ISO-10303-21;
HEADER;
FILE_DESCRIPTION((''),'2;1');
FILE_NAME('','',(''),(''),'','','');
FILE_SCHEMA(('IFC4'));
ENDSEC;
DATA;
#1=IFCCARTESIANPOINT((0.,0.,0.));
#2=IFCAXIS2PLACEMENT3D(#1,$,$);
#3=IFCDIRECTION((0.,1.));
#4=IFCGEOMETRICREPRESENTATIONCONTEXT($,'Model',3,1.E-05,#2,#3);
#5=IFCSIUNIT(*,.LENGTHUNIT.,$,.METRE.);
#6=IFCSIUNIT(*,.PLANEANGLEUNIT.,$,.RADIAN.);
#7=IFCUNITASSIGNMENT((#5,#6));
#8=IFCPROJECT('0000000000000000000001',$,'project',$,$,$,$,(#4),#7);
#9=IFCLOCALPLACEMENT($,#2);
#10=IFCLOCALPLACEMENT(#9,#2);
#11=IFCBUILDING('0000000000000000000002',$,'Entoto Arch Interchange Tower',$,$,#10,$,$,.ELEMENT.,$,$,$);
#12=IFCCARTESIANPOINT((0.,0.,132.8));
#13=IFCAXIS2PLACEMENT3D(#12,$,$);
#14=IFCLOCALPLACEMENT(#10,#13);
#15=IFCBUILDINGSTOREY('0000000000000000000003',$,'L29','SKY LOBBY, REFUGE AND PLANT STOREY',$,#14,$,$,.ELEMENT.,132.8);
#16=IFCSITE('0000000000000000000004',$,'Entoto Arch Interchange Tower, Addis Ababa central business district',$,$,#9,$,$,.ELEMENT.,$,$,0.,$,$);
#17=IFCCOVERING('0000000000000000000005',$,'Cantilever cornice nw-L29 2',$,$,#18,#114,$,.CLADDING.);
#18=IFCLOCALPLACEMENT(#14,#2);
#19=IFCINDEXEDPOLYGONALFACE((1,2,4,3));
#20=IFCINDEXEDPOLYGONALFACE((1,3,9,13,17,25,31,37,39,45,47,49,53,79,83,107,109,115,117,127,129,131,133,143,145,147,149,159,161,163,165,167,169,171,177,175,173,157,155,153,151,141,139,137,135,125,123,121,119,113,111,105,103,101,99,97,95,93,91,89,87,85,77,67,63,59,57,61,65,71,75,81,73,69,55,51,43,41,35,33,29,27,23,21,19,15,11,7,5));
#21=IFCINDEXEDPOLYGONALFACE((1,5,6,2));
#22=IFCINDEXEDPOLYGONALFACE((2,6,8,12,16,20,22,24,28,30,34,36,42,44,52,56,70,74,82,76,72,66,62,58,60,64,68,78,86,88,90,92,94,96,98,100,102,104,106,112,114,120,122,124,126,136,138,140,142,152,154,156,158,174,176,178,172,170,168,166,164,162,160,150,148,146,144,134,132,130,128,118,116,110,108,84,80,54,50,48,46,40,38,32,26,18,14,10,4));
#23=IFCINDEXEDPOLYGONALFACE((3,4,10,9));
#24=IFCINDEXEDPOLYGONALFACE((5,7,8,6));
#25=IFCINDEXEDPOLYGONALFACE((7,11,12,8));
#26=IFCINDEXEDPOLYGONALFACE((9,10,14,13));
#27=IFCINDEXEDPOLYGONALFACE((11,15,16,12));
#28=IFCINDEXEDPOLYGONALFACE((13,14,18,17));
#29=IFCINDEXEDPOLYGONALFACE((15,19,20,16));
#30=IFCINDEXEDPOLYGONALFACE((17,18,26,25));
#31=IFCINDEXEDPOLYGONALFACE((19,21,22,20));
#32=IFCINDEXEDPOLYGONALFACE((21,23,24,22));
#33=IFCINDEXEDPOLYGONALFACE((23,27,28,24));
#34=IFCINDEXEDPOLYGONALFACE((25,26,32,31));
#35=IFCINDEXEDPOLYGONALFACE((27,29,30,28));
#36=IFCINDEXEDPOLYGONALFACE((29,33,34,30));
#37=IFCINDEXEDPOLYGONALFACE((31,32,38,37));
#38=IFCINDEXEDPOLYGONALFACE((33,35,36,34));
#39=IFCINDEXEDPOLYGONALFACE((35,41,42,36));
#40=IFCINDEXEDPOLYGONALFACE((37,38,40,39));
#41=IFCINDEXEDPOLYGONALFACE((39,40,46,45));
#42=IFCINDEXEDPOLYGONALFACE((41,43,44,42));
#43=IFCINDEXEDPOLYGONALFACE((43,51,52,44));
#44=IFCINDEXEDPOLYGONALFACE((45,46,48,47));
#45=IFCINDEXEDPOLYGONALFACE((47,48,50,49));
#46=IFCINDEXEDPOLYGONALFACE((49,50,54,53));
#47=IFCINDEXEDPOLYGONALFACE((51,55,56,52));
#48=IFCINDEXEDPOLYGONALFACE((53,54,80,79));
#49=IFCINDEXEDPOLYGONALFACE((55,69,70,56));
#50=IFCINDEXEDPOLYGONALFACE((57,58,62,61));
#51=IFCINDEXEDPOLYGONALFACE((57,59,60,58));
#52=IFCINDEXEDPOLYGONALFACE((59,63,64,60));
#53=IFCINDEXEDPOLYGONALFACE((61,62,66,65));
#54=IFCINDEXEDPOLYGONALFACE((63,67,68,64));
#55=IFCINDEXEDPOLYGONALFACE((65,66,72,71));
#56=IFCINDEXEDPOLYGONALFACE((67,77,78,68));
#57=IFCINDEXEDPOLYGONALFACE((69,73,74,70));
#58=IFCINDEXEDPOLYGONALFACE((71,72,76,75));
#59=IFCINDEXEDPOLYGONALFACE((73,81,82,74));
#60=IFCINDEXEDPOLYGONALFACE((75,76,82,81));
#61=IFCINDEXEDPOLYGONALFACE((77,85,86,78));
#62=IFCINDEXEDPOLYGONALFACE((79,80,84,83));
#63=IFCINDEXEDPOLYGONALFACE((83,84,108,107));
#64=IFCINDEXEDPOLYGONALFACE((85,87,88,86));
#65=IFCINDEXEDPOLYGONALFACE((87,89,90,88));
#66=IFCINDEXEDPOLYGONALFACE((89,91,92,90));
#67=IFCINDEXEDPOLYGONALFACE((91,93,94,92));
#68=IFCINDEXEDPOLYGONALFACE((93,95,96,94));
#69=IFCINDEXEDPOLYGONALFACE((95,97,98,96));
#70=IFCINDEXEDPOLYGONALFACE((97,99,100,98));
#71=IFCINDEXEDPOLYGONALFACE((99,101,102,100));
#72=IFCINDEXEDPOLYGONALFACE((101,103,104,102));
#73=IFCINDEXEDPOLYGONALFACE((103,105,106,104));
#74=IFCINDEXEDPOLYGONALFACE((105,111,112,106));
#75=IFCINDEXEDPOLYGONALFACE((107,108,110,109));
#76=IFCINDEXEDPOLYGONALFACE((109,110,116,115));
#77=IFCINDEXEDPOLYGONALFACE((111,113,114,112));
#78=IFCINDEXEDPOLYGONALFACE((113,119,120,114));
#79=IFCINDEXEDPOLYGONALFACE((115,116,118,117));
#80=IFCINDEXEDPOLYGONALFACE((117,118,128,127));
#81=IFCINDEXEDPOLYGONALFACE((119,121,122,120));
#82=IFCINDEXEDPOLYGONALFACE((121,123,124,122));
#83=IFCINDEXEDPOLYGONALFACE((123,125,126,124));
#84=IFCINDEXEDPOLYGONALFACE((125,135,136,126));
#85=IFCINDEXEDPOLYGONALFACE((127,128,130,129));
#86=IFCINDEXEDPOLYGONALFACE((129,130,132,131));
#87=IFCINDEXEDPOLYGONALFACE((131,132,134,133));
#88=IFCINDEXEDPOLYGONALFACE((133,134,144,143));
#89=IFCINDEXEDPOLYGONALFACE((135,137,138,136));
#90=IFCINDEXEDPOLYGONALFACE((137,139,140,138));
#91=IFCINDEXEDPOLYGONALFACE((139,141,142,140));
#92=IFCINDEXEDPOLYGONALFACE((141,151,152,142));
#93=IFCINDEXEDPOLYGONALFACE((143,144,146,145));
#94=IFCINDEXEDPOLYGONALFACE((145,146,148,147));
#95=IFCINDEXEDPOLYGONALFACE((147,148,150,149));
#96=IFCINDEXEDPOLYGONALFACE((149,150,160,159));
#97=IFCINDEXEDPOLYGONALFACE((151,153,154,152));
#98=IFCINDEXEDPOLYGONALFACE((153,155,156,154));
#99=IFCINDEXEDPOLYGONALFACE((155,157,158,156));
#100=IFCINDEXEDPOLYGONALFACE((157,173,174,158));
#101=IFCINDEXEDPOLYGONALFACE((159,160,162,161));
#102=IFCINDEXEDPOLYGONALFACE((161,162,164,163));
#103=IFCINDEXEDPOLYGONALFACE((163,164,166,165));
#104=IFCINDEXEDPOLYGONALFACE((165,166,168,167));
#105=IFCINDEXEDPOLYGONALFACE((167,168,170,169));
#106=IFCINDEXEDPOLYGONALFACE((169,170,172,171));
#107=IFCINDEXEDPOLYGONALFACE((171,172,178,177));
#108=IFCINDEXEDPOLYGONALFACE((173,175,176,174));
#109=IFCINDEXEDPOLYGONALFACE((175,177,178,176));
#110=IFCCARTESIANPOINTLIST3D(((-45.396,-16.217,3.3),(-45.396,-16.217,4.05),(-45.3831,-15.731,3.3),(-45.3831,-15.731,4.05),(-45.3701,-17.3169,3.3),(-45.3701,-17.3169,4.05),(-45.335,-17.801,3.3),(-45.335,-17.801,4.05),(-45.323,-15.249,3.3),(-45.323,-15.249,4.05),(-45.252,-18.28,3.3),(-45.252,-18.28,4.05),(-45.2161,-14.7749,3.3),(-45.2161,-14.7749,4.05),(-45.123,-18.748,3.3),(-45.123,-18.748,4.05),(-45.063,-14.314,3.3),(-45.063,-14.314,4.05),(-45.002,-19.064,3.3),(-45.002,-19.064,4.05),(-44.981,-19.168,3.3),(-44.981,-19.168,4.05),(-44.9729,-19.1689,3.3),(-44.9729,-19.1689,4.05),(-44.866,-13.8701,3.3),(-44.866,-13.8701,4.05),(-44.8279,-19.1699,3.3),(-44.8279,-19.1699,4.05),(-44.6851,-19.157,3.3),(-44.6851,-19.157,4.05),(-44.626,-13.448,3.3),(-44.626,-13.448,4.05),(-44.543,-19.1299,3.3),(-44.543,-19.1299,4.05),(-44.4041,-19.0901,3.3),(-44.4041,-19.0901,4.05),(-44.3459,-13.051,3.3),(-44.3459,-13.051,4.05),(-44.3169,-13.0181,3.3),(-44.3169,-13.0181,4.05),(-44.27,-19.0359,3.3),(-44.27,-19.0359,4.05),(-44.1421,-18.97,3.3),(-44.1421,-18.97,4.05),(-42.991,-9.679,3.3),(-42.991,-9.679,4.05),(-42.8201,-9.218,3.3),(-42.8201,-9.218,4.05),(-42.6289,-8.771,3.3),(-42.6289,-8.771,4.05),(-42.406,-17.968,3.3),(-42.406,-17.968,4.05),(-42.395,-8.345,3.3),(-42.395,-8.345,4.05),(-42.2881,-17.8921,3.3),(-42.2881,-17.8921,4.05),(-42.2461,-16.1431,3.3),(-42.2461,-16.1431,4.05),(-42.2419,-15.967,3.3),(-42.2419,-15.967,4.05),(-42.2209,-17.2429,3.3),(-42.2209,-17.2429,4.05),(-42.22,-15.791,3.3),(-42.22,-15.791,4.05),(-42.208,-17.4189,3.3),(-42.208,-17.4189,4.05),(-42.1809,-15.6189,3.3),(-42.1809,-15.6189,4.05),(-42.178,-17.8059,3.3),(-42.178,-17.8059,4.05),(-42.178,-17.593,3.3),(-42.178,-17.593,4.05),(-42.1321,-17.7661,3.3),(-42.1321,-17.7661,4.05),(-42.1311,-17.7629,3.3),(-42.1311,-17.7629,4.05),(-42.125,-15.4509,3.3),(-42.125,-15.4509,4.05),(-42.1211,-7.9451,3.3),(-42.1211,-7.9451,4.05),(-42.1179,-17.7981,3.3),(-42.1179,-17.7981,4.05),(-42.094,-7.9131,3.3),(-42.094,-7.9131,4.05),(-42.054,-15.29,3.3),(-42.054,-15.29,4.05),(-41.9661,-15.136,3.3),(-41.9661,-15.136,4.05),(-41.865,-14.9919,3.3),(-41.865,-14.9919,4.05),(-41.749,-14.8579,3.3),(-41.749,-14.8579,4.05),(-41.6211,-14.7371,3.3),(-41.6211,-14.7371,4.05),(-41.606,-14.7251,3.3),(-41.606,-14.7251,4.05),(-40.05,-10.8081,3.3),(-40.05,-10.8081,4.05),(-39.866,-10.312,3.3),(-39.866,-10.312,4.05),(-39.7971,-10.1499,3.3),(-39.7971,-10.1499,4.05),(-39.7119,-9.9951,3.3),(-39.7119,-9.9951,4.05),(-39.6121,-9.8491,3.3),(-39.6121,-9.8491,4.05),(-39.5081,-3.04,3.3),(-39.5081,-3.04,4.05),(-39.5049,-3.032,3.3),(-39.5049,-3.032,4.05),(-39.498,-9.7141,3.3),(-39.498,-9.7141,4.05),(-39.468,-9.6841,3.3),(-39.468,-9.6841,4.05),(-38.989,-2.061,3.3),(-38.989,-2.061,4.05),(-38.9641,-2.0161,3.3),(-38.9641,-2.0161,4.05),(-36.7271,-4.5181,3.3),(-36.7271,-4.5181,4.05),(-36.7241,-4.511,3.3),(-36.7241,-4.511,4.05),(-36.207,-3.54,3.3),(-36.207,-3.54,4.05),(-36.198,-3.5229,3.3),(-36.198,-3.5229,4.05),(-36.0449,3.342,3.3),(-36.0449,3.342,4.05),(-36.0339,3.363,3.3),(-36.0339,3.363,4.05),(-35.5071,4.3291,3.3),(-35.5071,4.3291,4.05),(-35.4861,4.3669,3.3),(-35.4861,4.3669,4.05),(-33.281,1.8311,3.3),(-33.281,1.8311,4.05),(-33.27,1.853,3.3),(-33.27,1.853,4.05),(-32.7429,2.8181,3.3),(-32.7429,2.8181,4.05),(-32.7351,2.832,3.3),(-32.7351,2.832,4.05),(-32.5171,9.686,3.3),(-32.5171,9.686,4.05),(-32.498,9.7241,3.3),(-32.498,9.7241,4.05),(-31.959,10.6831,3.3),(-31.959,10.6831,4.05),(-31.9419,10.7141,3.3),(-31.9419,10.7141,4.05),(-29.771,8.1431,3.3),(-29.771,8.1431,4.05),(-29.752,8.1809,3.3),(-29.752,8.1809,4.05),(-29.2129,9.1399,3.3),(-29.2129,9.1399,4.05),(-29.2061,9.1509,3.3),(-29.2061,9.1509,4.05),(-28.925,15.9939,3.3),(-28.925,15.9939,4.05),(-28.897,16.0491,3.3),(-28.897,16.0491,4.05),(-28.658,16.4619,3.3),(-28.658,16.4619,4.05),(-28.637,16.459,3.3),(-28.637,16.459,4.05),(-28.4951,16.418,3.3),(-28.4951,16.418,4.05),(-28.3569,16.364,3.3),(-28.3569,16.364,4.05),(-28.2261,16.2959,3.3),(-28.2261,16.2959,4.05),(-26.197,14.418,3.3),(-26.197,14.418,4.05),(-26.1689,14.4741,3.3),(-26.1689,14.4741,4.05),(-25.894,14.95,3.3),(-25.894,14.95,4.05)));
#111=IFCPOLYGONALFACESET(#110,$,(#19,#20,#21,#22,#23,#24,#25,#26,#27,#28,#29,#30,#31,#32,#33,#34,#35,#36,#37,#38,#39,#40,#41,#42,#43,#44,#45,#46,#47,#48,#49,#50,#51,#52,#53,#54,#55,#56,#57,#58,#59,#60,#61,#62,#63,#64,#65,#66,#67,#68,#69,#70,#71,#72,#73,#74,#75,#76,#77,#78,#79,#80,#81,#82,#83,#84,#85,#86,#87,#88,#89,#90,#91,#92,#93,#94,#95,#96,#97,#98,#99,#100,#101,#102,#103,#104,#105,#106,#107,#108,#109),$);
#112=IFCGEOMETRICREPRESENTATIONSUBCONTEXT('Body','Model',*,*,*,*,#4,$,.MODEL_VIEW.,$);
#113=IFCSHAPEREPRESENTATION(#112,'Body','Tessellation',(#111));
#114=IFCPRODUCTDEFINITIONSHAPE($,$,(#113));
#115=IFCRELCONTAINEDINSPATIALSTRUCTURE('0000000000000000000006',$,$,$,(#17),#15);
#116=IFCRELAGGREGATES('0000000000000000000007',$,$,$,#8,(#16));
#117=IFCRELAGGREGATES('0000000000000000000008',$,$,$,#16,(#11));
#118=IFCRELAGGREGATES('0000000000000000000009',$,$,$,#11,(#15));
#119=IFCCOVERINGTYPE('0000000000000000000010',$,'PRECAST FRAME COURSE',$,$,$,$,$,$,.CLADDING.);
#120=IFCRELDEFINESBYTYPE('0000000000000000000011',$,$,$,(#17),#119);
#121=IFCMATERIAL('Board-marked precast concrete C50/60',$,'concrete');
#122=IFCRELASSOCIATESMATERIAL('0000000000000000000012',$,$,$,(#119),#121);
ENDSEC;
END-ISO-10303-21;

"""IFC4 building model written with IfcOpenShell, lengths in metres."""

from ifc_helpers import new_model, si_unit, direction, frame, origin, place, context, subcontext, project, spatial, polyline, outline, extrude, material, type_object, element, save


model = new_model("IFC4")

# Units and contexts
model_context = context("Model", 3, precision=1e-05, world=origin(), true_north=direction((0.0, 1.0)))
body_context = subcontext(model_context, "Body", "Model", "MODEL_VIEW")
ifc_project = project(units=[si_unit("LENGTHUNIT", "METRE"), si_unit("PLANEANGLEUNIT", "RADIAN")], contexts=[model_context])

# Site, building, storey
site_placement = place(None, origin())
site = spatial("IfcSite", under=ifc_project, at=site_placement, Name="Entoto Arch Interchange Tower, Addis Ababa central business district", CompositionType="ELEMENT", RefElevation=0.0)
building_placement = place(site_placement, origin())
building = spatial("IfcBuilding", under=site, at=building_placement, Name="Entoto Arch Interchange Tower", CompositionType="ELEMENT")
storey_placement = place(building_placement, frame((0.0, 0.0, 132.8)))
storey = spatial("IfcBuildingStorey", under=building, at=storey_placement, Name="L29", Description="SKY LOBBY, REFUGE AND PLANT STOREY", CompositionType="ELEMENT", Elevation=132.8)

# Covering
ifc_material_1 = material(Name="Board-marked precast concrete C50/60", Category="concrete")
covering_type_1 = type_object("IfcCoveringType", Name="PRECAST FRAME COURSE", PredefinedType="CLADDING", material=ifc_material_1)
covering_1_placement = place(storey_placement, frame((0.0, 0.0, 3.3)))
element("IfcCovering", 1, at=covering_1_placement, inside=storey, type_object=covering_type_1, Name="Cantilever cornice nw-L29 2", PredefinedType="CLADDING", context=body_context, shape_type="SweptSolid", body=[
    extrude(outline(polyline([(-42.2881, -17.8921), (-42.406, -17.968), (-44.1421, -18.97), (-44.27, -19.0359), (-44.4041, -19.0901), (-44.543, -19.1299), (-44.6851, -19.157), (-44.8279, -19.1699), (-44.9729, -19.1689), (-44.981, -19.168), (-45.002, -19.064), (-45.123, -18.748), (-45.252, -18.28), (-45.335, -17.801), (-45.3701, -17.3169), (-45.396, -16.217), (-45.3831, -15.731), (-45.323, -15.249), (-45.2161, -14.7749), (-45.063, -14.314), (-44.866, -13.8701), (-44.626, -13.448), (-44.3459, -13.051), (-44.3169, -13.0181), (-42.991, -9.679), (-42.8201, -9.218), (-42.6289, -8.771), (-42.395, -8.345), (-42.1211, -7.9451), (-42.094, -7.9131), (-39.5081, -3.04), (-39.5049, -3.032), (-38.989, -2.061), (-38.9641, -2.0161), (-36.0449, 3.342), (-36.0339, 3.363), (-35.5071, 4.3291), (-35.4861, 4.3669), (-32.5171, 9.686), (-32.498, 9.7241), (-31.959, 10.6831), (-31.9419, 10.7141), (-28.925, 15.9939), (-28.897, 16.0491), (-28.658, 16.4619), (-28.637, 16.459), (-28.4951, 16.418), (-28.3569, 16.364), (-28.2261, 16.2959), (-25.894, 14.95), (-26.1689, 14.4741), (-26.197, 14.418), (-29.2061, 9.1509), (-29.2129, 9.1399), (-29.752, 8.1809), (-29.771, 8.1431), (-32.7351, 2.832), (-32.7429, 2.8181), (-33.27, 1.853), (-33.281, 1.8311), (-36.198, -3.5229), (-36.207, -3.54), (-36.7241, -4.511), (-36.7271, -4.5181), (-39.468, -9.6841), (-39.498, -9.7141), (-39.6121, -9.8491), (-39.7119, -9.9951), (-39.7971, -10.1499), (-39.866, -10.312), (-40.05, -10.8081), (-41.606, -14.7251), (-41.6211, -14.7371), (-41.749, -14.8579), (-41.865, -14.9919), (-41.9661, -15.136), (-42.054, -15.29), (-42.125, -15.4509), (-42.1809, -15.6189), (-42.22, -15.791), (-42.2419, -15.967), (-42.2461, -16.1431), (-42.2209, -17.2429), (-42.208, -17.4189), (-42.178, -17.593), (-42.1311, -17.7629), (-42.1179, -17.7981), (-42.1321, -17.7661), (-42.178, -17.8059), (-42.2881, -17.8921)])), origin(), (0.0, 0.0, 1.0), 0.75),
])

save(model, "model.ifc")
